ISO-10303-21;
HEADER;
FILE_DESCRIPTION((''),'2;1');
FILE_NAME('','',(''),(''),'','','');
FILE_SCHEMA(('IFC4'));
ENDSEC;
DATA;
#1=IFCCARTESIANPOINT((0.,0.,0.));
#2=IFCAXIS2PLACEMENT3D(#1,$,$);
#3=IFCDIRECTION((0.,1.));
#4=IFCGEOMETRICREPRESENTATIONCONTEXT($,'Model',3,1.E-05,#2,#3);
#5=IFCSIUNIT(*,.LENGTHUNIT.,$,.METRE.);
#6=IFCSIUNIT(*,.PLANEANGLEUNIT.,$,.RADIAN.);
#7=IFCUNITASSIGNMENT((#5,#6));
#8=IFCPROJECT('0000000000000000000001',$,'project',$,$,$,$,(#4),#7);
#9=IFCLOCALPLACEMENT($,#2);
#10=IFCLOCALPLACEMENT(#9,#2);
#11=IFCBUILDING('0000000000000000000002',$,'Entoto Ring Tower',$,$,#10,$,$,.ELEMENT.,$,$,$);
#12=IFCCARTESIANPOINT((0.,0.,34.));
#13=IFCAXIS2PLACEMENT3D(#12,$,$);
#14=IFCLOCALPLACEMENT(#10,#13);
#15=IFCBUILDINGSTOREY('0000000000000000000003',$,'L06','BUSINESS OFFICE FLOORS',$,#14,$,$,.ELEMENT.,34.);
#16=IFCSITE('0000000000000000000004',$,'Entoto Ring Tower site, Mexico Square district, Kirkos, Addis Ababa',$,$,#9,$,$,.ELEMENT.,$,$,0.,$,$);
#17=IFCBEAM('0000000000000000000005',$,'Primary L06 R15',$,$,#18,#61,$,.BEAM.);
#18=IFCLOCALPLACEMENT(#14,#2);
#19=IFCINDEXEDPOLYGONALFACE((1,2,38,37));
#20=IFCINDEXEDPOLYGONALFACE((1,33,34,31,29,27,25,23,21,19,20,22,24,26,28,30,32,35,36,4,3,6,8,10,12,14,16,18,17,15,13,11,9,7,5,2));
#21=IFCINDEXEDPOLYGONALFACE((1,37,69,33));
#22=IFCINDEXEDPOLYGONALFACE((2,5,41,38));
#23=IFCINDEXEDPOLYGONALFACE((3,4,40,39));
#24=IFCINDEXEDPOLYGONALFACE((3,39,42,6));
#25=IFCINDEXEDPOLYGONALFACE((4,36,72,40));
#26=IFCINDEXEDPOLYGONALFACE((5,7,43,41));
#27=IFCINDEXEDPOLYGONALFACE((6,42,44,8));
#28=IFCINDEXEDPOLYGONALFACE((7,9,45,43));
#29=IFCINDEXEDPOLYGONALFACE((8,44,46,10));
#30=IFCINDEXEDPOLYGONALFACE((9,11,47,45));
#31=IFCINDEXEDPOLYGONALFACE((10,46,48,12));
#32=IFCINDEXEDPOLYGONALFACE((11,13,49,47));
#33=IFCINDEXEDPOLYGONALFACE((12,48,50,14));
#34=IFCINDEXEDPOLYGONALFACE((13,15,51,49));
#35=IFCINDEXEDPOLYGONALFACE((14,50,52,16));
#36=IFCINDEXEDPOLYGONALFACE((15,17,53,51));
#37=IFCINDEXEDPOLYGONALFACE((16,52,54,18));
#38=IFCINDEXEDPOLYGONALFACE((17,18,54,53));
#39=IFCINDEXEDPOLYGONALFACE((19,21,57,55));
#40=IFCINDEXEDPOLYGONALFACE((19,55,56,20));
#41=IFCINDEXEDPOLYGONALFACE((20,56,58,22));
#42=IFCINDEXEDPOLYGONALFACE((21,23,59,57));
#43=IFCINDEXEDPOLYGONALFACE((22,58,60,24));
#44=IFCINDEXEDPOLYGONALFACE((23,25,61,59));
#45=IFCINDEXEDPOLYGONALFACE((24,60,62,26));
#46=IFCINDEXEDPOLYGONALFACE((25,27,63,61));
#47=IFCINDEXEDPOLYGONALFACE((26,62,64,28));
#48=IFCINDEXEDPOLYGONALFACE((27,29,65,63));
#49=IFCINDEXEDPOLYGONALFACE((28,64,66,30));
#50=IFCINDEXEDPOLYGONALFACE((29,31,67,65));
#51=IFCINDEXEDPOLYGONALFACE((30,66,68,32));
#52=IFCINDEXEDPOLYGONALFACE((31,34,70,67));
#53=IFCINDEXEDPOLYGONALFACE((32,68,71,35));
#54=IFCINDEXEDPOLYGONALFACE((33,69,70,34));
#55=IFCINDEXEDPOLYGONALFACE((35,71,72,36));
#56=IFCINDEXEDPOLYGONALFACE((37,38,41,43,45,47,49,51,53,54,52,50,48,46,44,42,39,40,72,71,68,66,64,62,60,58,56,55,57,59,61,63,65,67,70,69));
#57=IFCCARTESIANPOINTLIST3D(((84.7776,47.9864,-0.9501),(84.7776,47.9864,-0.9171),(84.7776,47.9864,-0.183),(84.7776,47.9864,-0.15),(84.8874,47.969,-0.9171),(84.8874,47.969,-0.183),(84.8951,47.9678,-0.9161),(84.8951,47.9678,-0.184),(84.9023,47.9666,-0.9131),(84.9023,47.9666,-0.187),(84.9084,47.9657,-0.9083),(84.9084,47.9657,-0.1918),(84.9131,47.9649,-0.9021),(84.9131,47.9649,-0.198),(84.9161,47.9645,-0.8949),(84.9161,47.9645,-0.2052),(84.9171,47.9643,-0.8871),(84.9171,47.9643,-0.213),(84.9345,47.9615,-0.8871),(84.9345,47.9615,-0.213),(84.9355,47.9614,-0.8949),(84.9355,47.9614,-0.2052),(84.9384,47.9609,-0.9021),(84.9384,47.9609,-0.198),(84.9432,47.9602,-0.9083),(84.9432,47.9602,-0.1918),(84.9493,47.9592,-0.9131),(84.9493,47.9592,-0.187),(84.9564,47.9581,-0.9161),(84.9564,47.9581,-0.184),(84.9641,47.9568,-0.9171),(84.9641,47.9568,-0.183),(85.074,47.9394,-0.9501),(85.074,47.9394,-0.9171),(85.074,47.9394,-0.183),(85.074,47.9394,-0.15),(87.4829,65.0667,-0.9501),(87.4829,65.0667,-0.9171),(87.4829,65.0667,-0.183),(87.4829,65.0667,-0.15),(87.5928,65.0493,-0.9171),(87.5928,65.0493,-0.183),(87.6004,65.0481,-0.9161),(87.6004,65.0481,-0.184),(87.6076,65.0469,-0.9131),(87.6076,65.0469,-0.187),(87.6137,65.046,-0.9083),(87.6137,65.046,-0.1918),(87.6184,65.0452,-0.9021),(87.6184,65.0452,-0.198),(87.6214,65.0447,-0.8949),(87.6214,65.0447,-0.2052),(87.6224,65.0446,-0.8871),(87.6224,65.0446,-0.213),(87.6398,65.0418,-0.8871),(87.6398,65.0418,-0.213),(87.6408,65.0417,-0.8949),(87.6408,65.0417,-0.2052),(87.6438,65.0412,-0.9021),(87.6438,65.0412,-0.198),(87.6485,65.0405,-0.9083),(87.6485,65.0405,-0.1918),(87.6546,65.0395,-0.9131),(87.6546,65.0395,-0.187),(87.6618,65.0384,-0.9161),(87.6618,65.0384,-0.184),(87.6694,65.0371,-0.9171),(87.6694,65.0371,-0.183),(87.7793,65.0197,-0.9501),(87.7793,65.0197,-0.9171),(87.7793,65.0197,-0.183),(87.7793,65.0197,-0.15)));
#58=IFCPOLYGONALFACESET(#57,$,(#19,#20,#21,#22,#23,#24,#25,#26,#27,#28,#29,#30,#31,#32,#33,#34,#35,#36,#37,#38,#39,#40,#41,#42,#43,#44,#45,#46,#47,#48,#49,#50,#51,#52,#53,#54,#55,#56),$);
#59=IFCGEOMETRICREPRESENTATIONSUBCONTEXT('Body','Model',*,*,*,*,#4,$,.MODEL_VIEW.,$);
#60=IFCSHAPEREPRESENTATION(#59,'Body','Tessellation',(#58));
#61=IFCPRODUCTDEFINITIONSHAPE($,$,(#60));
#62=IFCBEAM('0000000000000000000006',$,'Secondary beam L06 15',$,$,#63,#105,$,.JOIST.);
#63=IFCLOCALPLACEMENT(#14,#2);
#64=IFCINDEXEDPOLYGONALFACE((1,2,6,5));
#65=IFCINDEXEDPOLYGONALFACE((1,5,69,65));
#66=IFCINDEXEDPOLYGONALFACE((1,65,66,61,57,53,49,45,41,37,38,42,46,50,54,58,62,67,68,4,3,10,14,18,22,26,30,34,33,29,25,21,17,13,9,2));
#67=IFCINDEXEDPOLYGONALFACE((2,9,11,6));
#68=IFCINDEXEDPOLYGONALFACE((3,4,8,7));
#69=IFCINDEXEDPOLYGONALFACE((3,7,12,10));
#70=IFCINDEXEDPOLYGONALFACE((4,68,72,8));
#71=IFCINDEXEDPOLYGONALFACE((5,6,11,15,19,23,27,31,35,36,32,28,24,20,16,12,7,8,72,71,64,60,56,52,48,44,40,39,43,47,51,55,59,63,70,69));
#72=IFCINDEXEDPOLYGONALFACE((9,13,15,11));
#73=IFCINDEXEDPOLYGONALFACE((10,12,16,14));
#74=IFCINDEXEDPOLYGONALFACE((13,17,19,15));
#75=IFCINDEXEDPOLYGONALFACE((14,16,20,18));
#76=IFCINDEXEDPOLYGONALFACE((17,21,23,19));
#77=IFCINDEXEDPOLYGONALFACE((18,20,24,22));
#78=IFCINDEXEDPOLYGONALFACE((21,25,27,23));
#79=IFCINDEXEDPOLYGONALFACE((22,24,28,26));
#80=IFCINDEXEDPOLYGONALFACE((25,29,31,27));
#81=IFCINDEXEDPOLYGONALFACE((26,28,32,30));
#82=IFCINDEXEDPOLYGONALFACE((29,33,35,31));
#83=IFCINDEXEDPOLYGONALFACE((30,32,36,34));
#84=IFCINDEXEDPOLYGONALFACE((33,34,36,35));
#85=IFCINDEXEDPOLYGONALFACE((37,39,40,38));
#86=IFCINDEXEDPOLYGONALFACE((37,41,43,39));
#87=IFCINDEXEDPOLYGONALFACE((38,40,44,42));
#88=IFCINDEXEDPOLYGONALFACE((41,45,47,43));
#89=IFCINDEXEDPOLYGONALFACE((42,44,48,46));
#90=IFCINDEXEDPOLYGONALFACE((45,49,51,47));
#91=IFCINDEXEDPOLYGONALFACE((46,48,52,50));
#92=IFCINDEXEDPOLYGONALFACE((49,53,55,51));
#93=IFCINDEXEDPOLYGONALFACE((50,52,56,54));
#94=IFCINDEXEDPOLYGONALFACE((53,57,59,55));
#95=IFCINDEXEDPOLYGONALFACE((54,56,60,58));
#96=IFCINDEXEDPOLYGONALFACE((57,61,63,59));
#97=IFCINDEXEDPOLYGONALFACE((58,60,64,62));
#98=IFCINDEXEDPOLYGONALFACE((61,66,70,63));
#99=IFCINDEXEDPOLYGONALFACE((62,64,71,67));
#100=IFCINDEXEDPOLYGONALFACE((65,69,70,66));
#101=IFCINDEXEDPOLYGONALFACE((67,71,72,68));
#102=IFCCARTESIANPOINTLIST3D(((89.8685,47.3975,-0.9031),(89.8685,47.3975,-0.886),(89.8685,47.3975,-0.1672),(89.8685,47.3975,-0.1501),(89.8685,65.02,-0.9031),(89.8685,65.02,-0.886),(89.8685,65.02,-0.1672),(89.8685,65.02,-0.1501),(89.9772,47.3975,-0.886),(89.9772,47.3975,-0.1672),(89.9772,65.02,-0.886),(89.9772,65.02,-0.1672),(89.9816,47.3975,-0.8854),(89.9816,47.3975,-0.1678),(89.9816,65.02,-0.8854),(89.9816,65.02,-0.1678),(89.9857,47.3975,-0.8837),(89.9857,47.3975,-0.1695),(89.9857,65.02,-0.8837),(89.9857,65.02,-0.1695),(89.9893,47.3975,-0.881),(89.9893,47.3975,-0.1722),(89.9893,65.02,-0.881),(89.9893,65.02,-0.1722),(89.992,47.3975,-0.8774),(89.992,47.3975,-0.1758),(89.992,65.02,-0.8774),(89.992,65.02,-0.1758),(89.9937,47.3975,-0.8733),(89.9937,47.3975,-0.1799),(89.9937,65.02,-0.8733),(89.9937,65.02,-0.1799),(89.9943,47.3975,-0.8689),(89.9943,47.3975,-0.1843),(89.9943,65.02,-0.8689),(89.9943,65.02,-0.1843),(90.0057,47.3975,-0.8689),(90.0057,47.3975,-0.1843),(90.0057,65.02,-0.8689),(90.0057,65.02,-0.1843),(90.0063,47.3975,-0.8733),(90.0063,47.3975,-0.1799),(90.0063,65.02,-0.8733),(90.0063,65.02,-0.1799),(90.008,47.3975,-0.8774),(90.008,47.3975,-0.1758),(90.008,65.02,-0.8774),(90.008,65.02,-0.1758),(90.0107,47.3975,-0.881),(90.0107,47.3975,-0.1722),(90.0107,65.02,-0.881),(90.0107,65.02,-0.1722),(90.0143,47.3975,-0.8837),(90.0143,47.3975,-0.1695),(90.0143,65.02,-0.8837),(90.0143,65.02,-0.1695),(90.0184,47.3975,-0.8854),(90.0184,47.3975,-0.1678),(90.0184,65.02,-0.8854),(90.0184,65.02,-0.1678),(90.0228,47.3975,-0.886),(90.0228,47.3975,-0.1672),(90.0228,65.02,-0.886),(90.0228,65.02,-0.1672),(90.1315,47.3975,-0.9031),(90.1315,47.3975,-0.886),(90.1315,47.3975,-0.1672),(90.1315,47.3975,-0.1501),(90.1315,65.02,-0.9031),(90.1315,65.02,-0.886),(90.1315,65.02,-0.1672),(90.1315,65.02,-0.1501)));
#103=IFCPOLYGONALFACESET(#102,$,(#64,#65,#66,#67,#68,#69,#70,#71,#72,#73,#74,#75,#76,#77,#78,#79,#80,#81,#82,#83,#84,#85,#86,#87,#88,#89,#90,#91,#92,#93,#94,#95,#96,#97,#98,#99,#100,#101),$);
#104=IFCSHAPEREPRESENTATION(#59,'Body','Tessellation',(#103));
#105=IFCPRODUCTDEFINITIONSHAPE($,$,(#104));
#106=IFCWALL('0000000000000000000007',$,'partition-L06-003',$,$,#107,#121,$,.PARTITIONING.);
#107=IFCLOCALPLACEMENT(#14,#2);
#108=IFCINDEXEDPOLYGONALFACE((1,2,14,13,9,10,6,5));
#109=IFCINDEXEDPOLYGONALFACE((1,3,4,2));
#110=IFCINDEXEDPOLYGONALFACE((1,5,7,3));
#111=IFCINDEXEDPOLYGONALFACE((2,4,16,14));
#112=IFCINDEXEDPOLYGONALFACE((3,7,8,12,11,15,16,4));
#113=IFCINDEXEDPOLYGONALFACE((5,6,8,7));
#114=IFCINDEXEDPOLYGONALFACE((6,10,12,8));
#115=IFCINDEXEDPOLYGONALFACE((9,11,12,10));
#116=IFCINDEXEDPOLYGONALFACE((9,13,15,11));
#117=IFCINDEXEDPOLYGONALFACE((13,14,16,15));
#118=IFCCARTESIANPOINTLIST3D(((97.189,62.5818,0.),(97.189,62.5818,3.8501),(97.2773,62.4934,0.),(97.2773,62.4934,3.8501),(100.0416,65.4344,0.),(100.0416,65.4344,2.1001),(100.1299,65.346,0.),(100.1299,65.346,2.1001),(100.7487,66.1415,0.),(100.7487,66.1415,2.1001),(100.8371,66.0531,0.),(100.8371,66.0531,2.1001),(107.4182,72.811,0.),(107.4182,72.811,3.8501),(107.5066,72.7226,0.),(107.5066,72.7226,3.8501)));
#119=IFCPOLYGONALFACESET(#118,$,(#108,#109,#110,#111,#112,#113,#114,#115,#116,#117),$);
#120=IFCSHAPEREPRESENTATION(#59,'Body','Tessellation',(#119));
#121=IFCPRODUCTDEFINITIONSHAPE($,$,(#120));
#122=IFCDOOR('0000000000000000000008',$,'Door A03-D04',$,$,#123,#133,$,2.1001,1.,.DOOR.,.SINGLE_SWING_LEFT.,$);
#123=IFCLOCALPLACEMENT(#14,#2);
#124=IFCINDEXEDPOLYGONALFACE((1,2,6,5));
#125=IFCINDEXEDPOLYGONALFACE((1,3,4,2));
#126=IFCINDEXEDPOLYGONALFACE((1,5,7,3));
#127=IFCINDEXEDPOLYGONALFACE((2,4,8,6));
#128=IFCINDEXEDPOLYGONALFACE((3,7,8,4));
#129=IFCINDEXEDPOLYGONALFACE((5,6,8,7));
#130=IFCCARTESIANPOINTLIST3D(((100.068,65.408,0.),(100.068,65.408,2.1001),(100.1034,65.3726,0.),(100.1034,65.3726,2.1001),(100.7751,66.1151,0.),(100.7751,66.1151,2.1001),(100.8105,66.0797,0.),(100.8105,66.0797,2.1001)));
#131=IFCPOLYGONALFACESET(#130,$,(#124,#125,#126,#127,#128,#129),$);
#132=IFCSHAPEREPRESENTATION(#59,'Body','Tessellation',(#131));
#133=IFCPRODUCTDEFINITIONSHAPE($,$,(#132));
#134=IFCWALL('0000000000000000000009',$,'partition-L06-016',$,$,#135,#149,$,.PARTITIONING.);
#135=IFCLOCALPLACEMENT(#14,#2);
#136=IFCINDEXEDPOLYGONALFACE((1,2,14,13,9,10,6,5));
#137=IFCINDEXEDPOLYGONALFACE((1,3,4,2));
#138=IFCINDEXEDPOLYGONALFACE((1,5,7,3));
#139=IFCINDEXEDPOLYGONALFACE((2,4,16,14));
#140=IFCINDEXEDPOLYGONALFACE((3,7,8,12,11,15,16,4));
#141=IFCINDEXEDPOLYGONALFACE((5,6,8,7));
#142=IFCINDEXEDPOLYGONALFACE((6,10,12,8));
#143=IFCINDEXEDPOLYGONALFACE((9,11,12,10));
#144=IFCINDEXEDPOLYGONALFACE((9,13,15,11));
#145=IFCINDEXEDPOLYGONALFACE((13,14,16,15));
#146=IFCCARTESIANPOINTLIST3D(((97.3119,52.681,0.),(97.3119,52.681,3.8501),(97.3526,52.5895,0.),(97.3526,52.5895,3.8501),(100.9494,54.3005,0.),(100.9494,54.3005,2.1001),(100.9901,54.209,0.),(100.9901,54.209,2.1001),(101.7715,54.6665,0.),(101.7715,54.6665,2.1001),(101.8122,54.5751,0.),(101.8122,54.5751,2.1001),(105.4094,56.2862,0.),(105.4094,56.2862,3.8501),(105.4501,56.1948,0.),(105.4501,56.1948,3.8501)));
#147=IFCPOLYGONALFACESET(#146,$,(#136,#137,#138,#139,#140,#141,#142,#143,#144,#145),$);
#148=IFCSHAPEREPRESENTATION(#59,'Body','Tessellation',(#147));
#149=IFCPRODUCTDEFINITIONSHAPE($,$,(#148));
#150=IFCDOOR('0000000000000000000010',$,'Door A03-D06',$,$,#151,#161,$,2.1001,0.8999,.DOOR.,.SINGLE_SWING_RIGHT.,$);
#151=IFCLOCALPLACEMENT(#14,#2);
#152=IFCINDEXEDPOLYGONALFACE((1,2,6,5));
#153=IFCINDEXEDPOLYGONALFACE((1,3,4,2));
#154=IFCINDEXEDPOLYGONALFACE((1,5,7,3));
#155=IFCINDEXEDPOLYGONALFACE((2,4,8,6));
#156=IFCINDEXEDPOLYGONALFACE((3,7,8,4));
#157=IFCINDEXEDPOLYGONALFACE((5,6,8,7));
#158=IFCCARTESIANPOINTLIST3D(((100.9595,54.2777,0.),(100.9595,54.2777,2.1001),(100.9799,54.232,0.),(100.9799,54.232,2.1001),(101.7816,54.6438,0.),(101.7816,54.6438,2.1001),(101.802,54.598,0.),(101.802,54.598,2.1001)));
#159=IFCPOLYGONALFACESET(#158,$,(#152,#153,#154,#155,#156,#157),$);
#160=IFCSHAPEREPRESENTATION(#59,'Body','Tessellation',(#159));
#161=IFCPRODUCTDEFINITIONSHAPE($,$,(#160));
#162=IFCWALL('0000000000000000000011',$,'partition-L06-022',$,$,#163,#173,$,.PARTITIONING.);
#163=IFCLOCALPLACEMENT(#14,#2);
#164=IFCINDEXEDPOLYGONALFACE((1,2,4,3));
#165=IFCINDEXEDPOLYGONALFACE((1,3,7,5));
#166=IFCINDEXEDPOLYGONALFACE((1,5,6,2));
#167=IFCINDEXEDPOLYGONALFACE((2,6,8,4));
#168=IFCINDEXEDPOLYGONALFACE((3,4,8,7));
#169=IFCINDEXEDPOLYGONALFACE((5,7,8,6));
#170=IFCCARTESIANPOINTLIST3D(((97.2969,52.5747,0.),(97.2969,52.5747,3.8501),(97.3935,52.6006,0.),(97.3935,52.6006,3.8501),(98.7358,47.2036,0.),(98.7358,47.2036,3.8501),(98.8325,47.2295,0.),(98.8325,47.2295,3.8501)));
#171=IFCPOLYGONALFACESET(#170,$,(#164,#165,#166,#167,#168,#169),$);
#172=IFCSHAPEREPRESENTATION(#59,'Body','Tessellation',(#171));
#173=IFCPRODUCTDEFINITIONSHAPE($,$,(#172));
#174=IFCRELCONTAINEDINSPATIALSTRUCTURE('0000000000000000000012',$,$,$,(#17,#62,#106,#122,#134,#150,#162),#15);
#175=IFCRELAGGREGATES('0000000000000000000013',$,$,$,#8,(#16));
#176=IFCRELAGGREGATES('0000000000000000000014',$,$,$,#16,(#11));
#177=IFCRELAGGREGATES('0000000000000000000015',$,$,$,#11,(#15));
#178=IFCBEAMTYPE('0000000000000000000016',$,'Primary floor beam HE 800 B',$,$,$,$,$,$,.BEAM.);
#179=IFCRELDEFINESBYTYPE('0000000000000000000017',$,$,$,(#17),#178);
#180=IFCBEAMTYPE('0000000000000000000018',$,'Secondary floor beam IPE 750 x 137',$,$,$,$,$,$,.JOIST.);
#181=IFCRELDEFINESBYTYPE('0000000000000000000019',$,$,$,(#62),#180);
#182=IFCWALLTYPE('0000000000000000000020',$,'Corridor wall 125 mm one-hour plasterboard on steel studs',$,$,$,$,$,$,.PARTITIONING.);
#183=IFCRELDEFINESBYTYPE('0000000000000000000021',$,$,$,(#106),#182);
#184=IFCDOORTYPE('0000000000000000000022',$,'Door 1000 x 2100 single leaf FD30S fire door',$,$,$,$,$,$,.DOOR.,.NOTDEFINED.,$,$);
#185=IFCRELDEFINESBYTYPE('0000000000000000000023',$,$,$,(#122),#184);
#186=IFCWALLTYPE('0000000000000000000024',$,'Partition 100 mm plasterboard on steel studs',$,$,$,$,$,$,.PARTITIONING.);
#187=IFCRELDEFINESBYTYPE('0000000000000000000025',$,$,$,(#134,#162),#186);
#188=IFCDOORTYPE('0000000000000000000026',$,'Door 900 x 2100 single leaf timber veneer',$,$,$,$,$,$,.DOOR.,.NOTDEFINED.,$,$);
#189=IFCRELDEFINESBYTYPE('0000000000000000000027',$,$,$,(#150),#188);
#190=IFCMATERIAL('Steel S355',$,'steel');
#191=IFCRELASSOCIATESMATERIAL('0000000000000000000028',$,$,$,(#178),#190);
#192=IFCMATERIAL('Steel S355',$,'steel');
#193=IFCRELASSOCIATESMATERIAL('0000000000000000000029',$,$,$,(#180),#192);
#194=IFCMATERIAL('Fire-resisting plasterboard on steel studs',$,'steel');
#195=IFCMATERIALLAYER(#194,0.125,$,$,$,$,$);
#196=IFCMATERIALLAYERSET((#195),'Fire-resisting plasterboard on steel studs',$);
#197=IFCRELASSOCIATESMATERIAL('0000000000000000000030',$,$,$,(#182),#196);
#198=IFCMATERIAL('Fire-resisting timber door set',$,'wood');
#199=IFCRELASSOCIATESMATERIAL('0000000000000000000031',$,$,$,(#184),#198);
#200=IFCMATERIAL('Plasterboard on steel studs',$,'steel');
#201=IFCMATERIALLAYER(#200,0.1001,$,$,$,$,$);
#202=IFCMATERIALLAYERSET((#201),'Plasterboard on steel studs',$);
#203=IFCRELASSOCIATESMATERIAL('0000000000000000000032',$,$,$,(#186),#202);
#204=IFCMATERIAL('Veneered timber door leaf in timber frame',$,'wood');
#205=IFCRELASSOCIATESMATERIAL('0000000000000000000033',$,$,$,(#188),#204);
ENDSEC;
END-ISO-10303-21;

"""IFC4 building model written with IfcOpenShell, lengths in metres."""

from ifc_helpers import new_model, si_unit, direction, frame, frame_2d, origin, origin_2d, place, context, subcontext, project, spatial, rectangle, i_section, extrude, material, layer, layer_set, material_profile, profile_set, type_object, element, fill, save


model = new_model("IFC4")

# Units and contexts
model_context = context("Model", 3, precision=1e-05, world=origin(), true_north=direction((0.0, 1.0)))
body_context = subcontext(model_context, "Body", "Model", "MODEL_VIEW")
ifc_project = project(units=[si_unit("LENGTHUNIT", "METRE"), si_unit("PLANEANGLEUNIT", "RADIAN")], contexts=[model_context])

# Site, building, storey
site_placement = place(None, origin())
site = spatial("IfcSite", under=ifc_project, at=site_placement, Name="Entoto Ring Tower site, Mexico Square district, Kirkos, Addis Ababa", CompositionType="ELEMENT", RefElevation=0.0)
building_placement = place(site_placement, origin())
building = spatial("IfcBuilding", under=site, at=building_placement, Name="Entoto Ring Tower", CompositionType="ELEMENT")
storey_placement = place(building_placement, frame((0.0, 0.0, 34.0)))
storey = spatial("IfcBuildingStorey", under=building, at=storey_placement, Name="L06", Description="BUSINESS OFFICE FLOORS", CompositionType="ELEMENT", Elevation=34.0)

# Beams
ifc_material_1 = material(Name="Steel S355", Category="steel")
ifc_material_profile_1 = material_profile(ifc_material_1, i_section(OverallWidth=0.3, OverallDepth=0.8, WebThickness=0.0176, FlangeThickness=0.033, FilletRadius=0.03, at=origin_2d()), Name="HE 800 B")
ifc_profile_set_1 = profile_set([ifc_material_profile_1], Name="Steel S355")
beam_type_1 = type_object("IfcBeamType", Name="Primary floor beam HE 800 B", PredefinedType="BEAM", material=ifc_profile_set_1)
beam_1_placement = place(storey_placement, frame((87.6311, 65.0432, -0.55), z_axis=(-0.156438, -0.987688, 0.0), x_axis=(0.987688, -0.156438, 0.0)))
element("IfcBeam", 1, at=beam_1_placement, inside=storey, type_object=beam_type_1, Name="Primary L06 R15", PredefinedType="BEAM", context=body_context, shape_type="SweptSolid", body=[
    extrude(i_section(OverallWidth=0.3, OverallDepth=0.8, WebThickness=0.0176, FlangeThickness=0.033, FilletRadius=0.03, at=origin_2d()), origin(), (0.0, 0.0, 1.0), 17.2932),
])
ifc_material_2 = material(Name="Steel S355", Category="steel")
ifc_material_profile_2 = material_profile(ifc_material_2, i_section(OverallWidth=0.2629, OverallDepth=0.7529, WebThickness=0.0115, FlangeThickness=0.0171, FilletRadius=0.0171, at=origin_2d()), Name="IPE 750 x 137")
ifc_profile_set_2 = profile_set([ifc_material_profile_2], Name="Steel S355")
beam_type_2 = type_object("IfcBeamType", Name="Secondary floor beam IPE 750 x 137", PredefinedType="JOIST", material=ifc_profile_set_2)
beam_2_placement = place(storey_placement, frame((90.0, 65.02, -0.5266), z_axis=(0.0, -1.0, 0.0), x_axis=(1.0, 0.0, 0.0)))
element("IfcBeam", 2, at=beam_2_placement, inside=storey, type_object=beam_type_2, Name="Secondary beam L06 15", PredefinedType="JOIST", context=body_context, shape_type="SweptSolid", body=[
    extrude(i_section(OverallWidth=0.2629, OverallDepth=0.7529, WebThickness=0.0115, FlangeThickness=0.0171, FilletRadius=0.0171, at=origin_2d()), origin(), (0.0, 0.0, 1.0), 17.6226),
])

# Walls, openings, doors
ifc_material_3 = material(Name="Fire-resisting plasterboard on steel studs", Category="steel")
ifc_layer_1 = layer(ifc_material_3, 0.125)
ifc_layer_set_1 = layer_set([ifc_layer_1], Name="Fire-resisting plasterboard on steel studs")
wall_type_1 = type_object("IfcWallType", Name="Corridor wall 125 mm one-hour plasterboard on steel studs", PredefinedType="PARTITIONING", material=ifc_layer_set_1)
wall_1_placement = place(storey_placement, frame((97.2332, 62.5376, 0.0), z_axis=(0.0, 0.0, 1.0), x_axis=(0.707107, 0.707107, 0.0)))
wall_1 = element("IfcWall", 3, at=wall_1_placement, inside=storey, type_object=wall_type_1, Name="partition-L06-003", PredefinedType="PARTITIONING", context=body_context, shape_type="SweptSolid", body=[
    extrude(rectangle(XDim=14.4663, YDim=0.125, at=frame_2d((7.2332, 0.0))), origin(), (0.0, 0.0, 1.0), 3.8501),
])
opening_1_placement = place(wall_1_placement, frame((4.0342, 0.0, 0.0)))
opening_1 = element("IfcOpeningElement", 4, at=opening_1_placement, cuts=wall_1, PredefinedType="OPENING", context=body_context, shape_type="SweptSolid", body=[
    extrude(rectangle(XDim=1.0, YDim=2.1001, at=frame_2d((0.5, 1.05))), frame((0.0, 0.0725, 0.0), z_axis=(0.0, -1.0, 0.0), x_axis=(1.0, 0.0, 0.0)), (0.0, 0.0, 1.0), 0.145),
])
ifc_material_4 = material(Name="Fire-resisting timber door set", Category="wood")
door_type_1 = type_object("IfcDoorType", Name="Door 1000 x 2100 single leaf FD30S fire door", OperationType="NOTDEFINED", PredefinedType="DOOR", material=ifc_material_4)
door_1_placement = place(opening_1_placement, frame((1.0, 0.0, 0.0), z_axis=(0.0, 0.0, 1.0), x_axis=(-1.0, 0.0, 0.0)))
door_1 = element("IfcDoor", 5, at=door_1_placement, inside=storey, type_object=door_type_1, Name="Door A03-D04", OperationType="SINGLE_SWING_LEFT", OverallHeight=2.1001, OverallWidth=1.0, PredefinedType="DOOR", context=body_context, shape_type="SweptSolid", body=[
    extrude(rectangle(XDim=1.0, YDim=2.1001, at=frame_2d((0.5, 1.05))), frame((0.0, 0.0249, 0.0), z_axis=(0.0, -1.0, 0.0), x_axis=(1.0, 0.0, 0.0)), (0.0, 0.0, 1.0), 0.05),
])
fill(opening_1, door_1)
ifc_material_5 = material(Name="Plasterboard on steel studs", Category="steel")
ifc_layer_2 = layer(ifc_material_5, 0.1001)
ifc_layer_set_2 = layer_set([ifc_layer_2], Name="Plasterboard on steel studs")
wall_type_2 = type_object("IfcWallType", Name="Partition 100 mm plasterboard on steel studs", PredefinedType="PARTITIONING", material=ifc_layer_set_2)
wall_2_placement = place(storey_placement, frame((97.3323, 52.6353, 0.0), z_axis=(0.0, 0.0, 1.0), x_axis=(0.913544, 0.406739, 0.0)))
wall_2 = element("IfcWall", 6, at=wall_2_placement, inside=storey, type_object=wall_type_2, Name="partition-L06-016", PredefinedType="PARTITIONING", context=body_context, shape_type="SweptSolid", body=[
    extrude(rectangle(XDim=8.8638, YDim=0.1001, at=frame_2d((4.4319, 0.0))), origin(), (0.0, 0.0, 1.0), 3.8501),
])
opening_2_placement = place(wall_2_placement, frame((3.9817, 0.0, 0.0)))
opening_2 = element("IfcOpeningElement", 7, at=opening_2_placement, cuts=wall_2, PredefinedType="OPENING", context=body_context, shape_type="SweptSolid", body=[
    extrude(rectangle(XDim=0.8999, YDim=2.1001, at=frame_2d((0.45, 1.05))), frame((0.0, 0.0601, 0.0), z_axis=(0.0, -1.0, 0.0), x_axis=(1.0, 0.0, 0.0)), (0.0, 0.0, 1.0), 0.1201),
])
ifc_material_6 = material(Name="Veneered timber door leaf in timber frame", Category="wood")
door_type_2 = type_object("IfcDoorType", Name="Door 900 x 2100 single leaf timber veneer", OperationType="NOTDEFINED", PredefinedType="DOOR", material=ifc_material_6)
door_2_placement = place(opening_2_placement, frame((0.8999, 0.0, 0.0), z_axis=(0.0, 0.0, 1.0), x_axis=(-1.0, 0.0, 0.0)))
door_2 = element("IfcDoor", 8, at=door_2_placement, inside=storey, type_object=door_type_2, Name="Door A03-D06", OperationType="SINGLE_SWING_RIGHT", OverallHeight=2.1001, OverallWidth=0.8999, PredefinedType="DOOR", context=body_context, shape_type="SweptSolid", body=[
    extrude(rectangle(XDim=0.8999, YDim=2.1001, at=frame_2d((0.45, 1.05))), frame((0.0, 0.0249, 0.0), z_axis=(0.0, -1.0, 0.0), x_axis=(1.0, 0.0, 0.0)), (0.0, 0.0, 1.0), 0.05),
])
fill(opening_2, door_2)

# Wall
wall_3_placement = place(storey_placement, frame((98.7842, 47.2166, 0.0), z_axis=(0.0, 0.0, 1.0), x_axis=(-0.258783, 0.965936, 0.0)))
element("IfcWall", 9, at=wall_3_placement, inside=storey, type_object=wall_type_2, Name="partition-L06-022", PredefinedType="PARTITIONING", context=body_context, shape_type="SweptSolid", body=[
    extrude(rectangle(XDim=5.5605, YDim=0.1001, at=frame_2d((2.7803, 0.0))), origin(), (0.0, 0.0, 1.0), 3.8501),
])

save(model, "model.ifc")
